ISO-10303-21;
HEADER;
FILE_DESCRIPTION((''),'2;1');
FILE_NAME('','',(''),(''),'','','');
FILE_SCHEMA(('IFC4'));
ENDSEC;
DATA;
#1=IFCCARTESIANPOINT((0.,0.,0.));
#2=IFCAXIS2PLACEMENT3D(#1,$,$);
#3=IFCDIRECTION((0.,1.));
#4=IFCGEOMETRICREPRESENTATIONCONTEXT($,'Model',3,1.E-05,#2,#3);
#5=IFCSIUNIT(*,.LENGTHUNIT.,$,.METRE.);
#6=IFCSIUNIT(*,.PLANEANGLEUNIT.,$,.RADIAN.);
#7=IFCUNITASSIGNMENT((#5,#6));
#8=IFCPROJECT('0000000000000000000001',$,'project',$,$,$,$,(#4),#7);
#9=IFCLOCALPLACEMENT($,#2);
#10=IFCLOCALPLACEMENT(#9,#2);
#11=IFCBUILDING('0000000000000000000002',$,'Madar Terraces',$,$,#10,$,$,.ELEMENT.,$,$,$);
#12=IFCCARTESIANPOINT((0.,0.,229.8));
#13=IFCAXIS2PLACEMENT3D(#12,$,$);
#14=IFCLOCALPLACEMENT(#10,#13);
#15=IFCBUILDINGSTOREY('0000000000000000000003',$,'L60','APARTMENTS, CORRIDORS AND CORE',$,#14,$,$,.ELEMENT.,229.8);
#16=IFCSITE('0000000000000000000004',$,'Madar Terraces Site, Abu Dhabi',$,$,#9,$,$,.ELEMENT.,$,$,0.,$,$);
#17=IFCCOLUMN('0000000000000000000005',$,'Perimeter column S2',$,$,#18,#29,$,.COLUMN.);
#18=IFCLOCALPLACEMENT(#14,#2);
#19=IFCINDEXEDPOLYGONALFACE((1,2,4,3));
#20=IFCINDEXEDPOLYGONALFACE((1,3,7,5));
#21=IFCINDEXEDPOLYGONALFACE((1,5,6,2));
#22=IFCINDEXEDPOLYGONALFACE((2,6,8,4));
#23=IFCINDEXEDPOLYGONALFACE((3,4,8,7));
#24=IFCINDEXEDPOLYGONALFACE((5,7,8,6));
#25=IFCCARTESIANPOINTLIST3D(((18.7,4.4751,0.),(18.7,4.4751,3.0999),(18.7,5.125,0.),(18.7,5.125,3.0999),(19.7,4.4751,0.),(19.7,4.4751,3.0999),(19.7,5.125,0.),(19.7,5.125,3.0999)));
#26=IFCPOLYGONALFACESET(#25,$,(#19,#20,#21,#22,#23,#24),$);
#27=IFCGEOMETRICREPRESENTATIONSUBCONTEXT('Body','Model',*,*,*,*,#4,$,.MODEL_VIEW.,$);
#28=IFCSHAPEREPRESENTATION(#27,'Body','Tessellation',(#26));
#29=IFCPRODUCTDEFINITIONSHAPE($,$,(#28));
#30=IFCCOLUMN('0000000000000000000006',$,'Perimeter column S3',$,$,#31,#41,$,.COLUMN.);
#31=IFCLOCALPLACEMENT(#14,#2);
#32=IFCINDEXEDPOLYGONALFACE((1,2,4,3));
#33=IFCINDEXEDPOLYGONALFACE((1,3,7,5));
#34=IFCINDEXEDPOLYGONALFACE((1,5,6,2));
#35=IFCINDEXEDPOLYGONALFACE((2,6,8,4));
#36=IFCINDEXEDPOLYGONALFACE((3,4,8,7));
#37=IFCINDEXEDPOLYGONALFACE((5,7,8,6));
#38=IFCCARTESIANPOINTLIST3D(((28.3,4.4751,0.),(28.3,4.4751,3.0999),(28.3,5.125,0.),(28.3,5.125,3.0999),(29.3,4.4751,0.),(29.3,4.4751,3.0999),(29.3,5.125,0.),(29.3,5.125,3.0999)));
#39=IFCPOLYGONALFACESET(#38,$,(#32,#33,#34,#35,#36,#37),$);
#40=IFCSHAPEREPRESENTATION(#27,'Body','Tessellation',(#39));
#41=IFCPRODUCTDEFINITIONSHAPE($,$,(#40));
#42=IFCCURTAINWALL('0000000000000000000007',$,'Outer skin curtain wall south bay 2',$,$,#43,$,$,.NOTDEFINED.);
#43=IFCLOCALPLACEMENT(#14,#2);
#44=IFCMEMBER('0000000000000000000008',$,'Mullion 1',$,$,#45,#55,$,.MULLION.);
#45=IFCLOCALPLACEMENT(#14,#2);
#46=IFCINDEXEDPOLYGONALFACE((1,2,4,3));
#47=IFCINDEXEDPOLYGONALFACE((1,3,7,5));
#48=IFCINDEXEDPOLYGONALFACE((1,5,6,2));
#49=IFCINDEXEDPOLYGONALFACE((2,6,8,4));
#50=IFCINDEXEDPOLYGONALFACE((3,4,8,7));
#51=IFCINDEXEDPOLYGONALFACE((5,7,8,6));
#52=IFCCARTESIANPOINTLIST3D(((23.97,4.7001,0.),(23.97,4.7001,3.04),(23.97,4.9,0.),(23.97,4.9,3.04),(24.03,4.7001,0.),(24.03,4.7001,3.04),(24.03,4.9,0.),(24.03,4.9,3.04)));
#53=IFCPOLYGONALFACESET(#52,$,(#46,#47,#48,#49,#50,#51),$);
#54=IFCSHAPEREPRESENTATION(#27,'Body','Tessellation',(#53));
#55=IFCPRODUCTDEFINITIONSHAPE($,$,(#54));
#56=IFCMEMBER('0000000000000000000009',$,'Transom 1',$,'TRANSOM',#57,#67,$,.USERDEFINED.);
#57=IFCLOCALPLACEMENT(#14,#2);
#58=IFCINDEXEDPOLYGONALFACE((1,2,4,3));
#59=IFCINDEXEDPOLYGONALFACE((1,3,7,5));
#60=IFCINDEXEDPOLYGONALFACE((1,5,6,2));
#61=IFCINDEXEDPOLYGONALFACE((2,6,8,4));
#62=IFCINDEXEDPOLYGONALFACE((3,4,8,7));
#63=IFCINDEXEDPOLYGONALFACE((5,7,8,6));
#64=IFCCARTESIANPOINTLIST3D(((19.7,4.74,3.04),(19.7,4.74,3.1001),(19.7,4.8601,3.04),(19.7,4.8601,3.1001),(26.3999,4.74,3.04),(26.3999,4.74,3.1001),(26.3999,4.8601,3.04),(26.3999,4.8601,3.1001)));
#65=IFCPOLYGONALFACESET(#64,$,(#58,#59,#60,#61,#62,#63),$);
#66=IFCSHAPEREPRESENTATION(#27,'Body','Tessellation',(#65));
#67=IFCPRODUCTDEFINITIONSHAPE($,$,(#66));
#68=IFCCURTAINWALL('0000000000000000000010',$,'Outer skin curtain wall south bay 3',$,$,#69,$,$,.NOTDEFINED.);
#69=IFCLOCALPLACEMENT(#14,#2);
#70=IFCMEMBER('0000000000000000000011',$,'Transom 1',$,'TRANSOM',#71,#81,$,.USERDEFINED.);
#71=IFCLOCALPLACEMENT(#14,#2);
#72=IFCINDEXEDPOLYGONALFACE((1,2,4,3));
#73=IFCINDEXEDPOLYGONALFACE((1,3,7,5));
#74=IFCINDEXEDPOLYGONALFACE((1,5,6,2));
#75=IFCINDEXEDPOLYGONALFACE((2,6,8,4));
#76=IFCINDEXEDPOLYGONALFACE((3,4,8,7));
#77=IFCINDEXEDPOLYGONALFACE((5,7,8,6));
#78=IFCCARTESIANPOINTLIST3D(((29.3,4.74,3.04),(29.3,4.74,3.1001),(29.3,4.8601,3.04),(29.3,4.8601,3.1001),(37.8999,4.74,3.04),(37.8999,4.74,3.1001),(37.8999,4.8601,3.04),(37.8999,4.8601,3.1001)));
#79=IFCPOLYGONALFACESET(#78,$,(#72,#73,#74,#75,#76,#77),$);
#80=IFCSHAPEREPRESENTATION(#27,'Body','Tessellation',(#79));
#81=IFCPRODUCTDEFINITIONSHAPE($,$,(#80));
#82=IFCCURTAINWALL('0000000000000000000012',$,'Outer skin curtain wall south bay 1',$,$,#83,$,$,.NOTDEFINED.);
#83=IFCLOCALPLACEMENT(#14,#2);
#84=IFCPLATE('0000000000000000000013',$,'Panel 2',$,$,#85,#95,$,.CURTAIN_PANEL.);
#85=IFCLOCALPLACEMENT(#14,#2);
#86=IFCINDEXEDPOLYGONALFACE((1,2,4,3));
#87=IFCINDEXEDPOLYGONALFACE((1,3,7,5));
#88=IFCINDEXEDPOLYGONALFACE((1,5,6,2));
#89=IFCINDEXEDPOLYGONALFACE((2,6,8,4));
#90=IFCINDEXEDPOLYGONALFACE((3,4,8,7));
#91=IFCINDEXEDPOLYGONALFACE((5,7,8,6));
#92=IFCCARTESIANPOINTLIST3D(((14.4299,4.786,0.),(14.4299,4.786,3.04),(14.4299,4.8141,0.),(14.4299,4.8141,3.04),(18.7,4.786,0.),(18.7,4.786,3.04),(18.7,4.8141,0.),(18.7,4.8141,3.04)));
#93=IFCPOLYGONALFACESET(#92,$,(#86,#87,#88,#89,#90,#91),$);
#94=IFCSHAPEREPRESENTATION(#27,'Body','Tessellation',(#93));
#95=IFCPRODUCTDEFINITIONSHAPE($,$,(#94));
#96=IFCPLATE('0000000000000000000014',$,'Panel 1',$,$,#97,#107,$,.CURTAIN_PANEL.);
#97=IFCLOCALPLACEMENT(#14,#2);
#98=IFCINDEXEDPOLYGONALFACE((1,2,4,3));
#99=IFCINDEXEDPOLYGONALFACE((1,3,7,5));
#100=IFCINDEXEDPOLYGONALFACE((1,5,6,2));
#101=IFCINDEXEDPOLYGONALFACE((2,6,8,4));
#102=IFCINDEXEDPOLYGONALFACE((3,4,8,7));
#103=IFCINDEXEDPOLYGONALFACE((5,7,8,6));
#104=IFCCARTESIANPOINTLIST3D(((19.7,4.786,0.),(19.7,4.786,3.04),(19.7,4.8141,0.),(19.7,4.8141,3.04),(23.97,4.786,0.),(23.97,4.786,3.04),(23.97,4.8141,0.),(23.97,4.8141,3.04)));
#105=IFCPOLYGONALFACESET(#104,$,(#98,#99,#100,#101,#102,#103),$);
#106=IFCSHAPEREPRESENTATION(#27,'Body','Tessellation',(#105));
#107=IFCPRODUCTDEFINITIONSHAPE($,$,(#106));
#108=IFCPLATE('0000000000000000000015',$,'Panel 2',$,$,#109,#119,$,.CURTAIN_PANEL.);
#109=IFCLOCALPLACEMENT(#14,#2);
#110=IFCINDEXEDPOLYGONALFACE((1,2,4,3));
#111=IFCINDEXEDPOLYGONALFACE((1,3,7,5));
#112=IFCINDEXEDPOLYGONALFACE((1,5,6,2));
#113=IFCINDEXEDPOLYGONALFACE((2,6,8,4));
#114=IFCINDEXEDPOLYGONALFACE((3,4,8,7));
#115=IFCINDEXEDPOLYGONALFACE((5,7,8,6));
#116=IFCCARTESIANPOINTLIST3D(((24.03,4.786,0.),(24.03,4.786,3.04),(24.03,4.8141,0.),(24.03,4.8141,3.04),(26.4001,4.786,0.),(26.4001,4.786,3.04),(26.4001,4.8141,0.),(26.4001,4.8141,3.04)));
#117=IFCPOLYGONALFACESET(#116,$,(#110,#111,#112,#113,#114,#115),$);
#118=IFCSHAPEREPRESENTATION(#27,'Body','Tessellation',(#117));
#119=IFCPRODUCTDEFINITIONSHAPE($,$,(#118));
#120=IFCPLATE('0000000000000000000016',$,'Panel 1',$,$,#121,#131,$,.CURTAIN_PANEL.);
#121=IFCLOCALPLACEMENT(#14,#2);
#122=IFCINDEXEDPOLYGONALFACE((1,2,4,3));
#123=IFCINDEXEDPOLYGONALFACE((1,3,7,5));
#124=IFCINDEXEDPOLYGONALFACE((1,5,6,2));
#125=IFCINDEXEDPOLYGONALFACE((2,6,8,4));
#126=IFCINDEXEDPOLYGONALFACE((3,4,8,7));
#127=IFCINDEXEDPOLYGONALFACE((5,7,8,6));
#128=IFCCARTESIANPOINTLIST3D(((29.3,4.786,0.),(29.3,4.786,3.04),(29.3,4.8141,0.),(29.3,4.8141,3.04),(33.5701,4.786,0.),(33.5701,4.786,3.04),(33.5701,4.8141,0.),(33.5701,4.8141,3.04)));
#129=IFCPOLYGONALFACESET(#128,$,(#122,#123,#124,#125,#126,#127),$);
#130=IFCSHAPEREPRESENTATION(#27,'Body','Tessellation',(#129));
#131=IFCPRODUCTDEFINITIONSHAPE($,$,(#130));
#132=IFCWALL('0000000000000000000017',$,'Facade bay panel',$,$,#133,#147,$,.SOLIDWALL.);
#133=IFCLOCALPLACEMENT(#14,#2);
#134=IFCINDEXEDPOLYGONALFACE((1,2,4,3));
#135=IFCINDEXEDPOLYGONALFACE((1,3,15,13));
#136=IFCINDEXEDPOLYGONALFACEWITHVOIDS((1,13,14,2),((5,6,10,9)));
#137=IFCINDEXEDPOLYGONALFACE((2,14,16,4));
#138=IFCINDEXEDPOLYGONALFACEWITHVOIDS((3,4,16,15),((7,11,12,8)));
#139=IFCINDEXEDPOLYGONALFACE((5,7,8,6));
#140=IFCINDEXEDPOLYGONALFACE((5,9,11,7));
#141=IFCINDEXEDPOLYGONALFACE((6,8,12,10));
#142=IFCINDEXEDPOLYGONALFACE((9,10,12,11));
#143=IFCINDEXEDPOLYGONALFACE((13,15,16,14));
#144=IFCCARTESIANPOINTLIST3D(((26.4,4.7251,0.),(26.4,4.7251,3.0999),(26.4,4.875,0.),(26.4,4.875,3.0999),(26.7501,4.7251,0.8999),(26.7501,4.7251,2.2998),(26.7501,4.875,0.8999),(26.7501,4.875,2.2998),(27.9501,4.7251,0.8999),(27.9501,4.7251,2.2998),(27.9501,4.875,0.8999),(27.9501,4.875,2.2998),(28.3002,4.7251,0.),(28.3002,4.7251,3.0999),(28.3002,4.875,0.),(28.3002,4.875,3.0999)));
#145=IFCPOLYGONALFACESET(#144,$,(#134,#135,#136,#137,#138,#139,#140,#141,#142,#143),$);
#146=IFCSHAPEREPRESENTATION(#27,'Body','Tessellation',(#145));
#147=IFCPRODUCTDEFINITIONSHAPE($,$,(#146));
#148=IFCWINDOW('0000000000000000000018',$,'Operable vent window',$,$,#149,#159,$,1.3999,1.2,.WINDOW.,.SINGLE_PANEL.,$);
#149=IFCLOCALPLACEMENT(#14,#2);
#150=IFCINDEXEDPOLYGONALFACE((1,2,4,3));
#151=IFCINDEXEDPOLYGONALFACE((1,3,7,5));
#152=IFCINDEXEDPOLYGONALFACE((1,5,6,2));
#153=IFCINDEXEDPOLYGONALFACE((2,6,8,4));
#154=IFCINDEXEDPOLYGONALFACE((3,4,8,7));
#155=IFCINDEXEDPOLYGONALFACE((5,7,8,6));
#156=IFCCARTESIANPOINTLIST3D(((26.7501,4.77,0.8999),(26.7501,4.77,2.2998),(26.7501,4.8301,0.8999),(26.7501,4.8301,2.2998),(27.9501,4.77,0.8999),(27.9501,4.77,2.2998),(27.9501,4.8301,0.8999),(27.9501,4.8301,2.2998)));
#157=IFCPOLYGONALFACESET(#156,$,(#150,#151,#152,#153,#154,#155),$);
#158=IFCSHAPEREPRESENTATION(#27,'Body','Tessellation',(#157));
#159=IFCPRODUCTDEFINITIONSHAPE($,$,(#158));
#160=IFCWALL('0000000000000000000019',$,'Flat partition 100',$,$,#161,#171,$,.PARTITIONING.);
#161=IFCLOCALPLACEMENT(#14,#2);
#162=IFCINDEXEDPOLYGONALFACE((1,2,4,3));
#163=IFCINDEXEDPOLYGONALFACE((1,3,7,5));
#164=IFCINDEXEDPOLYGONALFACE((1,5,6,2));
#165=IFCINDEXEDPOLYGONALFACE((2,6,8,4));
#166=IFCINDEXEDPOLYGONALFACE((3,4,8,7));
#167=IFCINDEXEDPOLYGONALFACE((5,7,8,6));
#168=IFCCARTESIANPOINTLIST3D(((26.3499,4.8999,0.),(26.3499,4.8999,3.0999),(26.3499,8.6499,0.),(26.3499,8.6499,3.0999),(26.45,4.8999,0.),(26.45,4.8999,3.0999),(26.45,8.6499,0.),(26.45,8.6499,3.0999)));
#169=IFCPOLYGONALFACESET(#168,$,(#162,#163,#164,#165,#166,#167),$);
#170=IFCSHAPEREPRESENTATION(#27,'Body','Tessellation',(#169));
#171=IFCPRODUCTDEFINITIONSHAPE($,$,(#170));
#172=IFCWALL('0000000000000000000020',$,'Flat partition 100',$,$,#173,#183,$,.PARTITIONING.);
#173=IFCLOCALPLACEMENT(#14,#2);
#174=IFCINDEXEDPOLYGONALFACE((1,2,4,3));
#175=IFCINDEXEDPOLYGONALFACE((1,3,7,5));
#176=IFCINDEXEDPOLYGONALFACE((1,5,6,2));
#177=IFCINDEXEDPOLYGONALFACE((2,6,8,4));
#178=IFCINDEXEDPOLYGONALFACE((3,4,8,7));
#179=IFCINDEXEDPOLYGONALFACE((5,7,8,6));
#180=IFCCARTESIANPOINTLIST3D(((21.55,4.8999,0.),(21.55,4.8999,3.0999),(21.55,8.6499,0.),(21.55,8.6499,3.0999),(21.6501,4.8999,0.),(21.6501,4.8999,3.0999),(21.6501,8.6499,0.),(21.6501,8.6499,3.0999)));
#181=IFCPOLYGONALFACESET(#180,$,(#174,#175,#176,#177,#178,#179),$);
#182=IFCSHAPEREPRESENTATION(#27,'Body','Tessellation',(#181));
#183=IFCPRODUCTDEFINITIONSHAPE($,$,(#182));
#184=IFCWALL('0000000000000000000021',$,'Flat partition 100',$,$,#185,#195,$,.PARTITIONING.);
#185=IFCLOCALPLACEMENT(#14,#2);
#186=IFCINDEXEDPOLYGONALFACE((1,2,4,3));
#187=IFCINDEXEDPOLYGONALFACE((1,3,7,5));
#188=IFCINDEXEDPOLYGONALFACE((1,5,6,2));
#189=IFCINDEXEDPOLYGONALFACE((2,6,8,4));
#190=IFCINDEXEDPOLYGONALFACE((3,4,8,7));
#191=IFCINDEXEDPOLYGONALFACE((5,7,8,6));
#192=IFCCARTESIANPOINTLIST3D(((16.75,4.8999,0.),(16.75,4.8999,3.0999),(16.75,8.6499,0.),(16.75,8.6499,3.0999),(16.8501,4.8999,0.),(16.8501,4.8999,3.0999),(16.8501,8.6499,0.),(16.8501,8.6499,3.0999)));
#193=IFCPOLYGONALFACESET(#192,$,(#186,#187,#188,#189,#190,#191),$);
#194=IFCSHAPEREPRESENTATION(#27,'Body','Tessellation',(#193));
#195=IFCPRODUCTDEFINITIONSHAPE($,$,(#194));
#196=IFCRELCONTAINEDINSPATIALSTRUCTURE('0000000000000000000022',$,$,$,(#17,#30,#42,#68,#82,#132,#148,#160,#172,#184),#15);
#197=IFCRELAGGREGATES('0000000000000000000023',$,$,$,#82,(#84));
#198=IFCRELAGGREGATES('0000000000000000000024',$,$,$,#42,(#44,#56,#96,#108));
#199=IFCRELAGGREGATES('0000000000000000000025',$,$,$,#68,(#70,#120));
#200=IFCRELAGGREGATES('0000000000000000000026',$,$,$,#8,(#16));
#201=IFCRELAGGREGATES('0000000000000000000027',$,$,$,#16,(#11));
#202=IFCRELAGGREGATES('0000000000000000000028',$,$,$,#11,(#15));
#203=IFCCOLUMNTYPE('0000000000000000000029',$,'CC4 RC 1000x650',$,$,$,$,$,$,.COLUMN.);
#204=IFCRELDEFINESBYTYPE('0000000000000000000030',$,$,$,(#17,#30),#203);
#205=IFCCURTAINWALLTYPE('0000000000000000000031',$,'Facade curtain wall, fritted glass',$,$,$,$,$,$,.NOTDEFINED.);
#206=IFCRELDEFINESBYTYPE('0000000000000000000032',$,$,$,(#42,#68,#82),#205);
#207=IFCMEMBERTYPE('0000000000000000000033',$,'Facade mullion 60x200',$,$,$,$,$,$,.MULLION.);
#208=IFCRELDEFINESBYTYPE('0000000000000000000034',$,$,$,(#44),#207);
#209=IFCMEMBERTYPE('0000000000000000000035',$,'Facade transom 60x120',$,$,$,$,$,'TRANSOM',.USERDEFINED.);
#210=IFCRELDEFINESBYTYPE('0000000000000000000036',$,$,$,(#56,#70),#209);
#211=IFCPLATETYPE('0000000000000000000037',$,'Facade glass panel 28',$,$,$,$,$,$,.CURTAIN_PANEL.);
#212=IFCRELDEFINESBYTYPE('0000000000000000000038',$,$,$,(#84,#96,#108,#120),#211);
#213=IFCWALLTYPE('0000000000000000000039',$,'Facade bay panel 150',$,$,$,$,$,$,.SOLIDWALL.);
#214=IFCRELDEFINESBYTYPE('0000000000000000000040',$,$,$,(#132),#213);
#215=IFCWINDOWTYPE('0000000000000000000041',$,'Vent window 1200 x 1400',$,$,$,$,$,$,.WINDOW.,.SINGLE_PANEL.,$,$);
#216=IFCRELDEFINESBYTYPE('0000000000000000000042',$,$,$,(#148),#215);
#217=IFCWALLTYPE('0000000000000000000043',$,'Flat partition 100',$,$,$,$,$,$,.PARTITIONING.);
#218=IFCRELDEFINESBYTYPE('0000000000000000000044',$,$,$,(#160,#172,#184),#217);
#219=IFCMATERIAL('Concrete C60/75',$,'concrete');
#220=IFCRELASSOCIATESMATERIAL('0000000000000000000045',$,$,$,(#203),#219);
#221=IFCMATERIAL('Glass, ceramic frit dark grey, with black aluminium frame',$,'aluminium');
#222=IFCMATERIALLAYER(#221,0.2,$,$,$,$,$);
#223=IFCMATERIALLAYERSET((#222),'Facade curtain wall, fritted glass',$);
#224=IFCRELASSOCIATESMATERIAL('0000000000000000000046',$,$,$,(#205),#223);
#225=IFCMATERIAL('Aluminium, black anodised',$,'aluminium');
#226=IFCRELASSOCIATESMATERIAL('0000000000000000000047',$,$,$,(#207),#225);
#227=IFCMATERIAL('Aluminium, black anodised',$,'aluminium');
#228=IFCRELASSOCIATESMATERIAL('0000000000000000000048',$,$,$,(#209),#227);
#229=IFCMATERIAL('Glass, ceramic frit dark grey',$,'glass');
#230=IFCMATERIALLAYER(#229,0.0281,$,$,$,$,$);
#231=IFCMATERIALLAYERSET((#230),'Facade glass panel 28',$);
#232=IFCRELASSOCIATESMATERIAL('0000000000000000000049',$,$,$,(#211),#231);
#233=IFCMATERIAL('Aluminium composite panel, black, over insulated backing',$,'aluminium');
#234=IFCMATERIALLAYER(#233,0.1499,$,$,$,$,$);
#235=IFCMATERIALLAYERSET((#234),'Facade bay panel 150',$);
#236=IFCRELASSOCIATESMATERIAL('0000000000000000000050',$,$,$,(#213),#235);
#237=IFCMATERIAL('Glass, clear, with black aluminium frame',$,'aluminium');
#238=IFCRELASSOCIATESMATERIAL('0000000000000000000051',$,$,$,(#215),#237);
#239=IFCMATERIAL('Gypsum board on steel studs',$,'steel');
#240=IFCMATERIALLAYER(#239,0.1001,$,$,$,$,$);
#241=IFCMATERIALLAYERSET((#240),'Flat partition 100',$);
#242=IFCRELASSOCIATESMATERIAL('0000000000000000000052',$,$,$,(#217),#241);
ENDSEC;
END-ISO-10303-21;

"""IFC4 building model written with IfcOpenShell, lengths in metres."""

from ifc_helpers import new_model, si_unit, direction, frame, frame_2d, origin, origin_2d, place, context, subcontext, project, spatial, rectangle, extrude, material, layer, layer_set, material_profile, profile_set, type_object, element, fill, aggregate, save


model = new_model("IFC4")

# Units and contexts
model_context = context("Model", 3, precision=1e-05, world=origin(), true_north=direction((0.0, 1.0)))
body_context = subcontext(model_context, "Body", "Model", "MODEL_VIEW")
ifc_project = project(units=[si_unit("LENGTHUNIT", "METRE"), si_unit("PLANEANGLEUNIT", "RADIAN")], contexts=[model_context])

# Site, building, storey
site_placement = place(None, origin())
site = spatial("IfcSite", under=ifc_project, at=site_placement, Name="Madar Terraces Site, Abu Dhabi", CompositionType="ELEMENT", RefElevation=0.0)
building_placement = place(site_placement, origin())
building = spatial("IfcBuilding", under=site, at=building_placement, Name="Madar Terraces", CompositionType="ELEMENT")
storey_placement = place(building_placement, frame((0.0, 0.0, 229.8)))
storey = spatial("IfcBuildingStorey", under=building, at=storey_placement, Name="L60", Description="APARTMENTS, CORRIDORS AND CORE", CompositionType="ELEMENT", Elevation=229.8)

# Columns
ifc_material_1 = material(Name="Concrete C60/75", Category="concrete")
ifc_material_profile_1 = material_profile(ifc_material_1, rectangle(XDim=1.0, YDim=0.6499, at=origin_2d()), Name="CC4 RC 1000x650")
ifc_profile_set_1 = profile_set([ifc_material_profile_1], Name="Concrete C60/75")
column_type = type_object("IfcColumnType", Name="CC4 RC 1000x650", PredefinedType="COLUMN", material=ifc_profile_set_1)
for number, where, z_axis, x_axis, name in (
    (1, (19.2, 4.8, 0.0), (0.0, 0.0, 1.0), (1.0, 0.0, 0.0), "Perimeter column S2"),
    (2, (28.8, 4.8, 0.0), (0.0, 0.0, 1.0), (1.0, 0.0, 0.0), "Perimeter column S3"),
):
    element("IfcColumn", number, at=place(storey_placement, frame(where, z_axis=z_axis, x_axis=x_axis)), inside=storey, type_object=column_type, Name=name, PredefinedType="COLUMN", context=body_context, shape_type="SweptSolid", body=[
        extrude(rectangle(XDim=1.0, YDim=0.6499, at=origin_2d()), origin(), (0.0, 0.0, 1.0), 3.0999),
    ])

# Curtain wall, members
ifc_material_2 = material(Name="Glass, ceramic frit dark grey, with black aluminium frame", Category="aluminium")
ifc_layer_1 = layer(ifc_material_2, 0.2)
ifc_layer_set_1 = layer_set([ifc_layer_1], Name="Facade curtain wall, fritted glass")
curtain_wall_type = type_object("IfcCurtainWallType", Name="Facade curtain wall, fritted glass", PredefinedType="NOTDEFINED", material=ifc_layer_set_1)
curtain_wall_1_placement = place(storey_placement, origin())
curtain_wall_1 = element("IfcCurtainWall", 3, at=curtain_wall_1_placement, inside=storey, type_object=curtain_wall_type, Name="Outer skin curtain wall south bay 2", PredefinedType="NOTDEFINED")
ifc_material_3 = material(Name="Aluminium, black anodised", Category="aluminium")
ifc_material_profile_2 = material_profile(ifc_material_3, rectangle(XDim=0.2, YDim=0.0601, at=origin_2d()), Name="Facade mullion 60x200")
ifc_profile_set_2 = profile_set([ifc_material_profile_2], Name="Aluminium, black anodised")
member_type_1 = type_object("IfcMemberType", Name="Facade mullion 60x200", PredefinedType="MULLION", material=ifc_profile_set_2)
member_1_placement = place(storey_placement, frame((24.0, 4.8, 0.0), z_axis=(0.0, 0.0, 1.0), x_axis=(0.0, 1.0, 0.0)))
member_1 = element("IfcMember", 4, at=member_1_placement, type_object=member_type_1, Name="Mullion 1", PredefinedType="MULLION", context=body_context, shape_type="SweptSolid", body=[
    extrude(rectangle(XDim=0.2, YDim=0.0601, at=origin_2d()), origin(), (0.0, 0.0, 1.0), 3.04),
])
ifc_material_4 = material(Name="Aluminium, black anodised", Category="aluminium")
ifc_material_profile_3 = material_profile(ifc_material_4, rectangle(XDim=0.1201, YDim=0.0601, at=origin_2d()), Name="Facade transom 60x120")
ifc_profile_set_3 = profile_set([ifc_material_profile_3], Name="Aluminium, black anodised")
member_type_2 = type_object("IfcMemberType", Name="Facade transom 60x120", ElementType="TRANSOM", PredefinedType="USERDEFINED", material=ifc_profile_set_3)
member_2_placement = place(storey_placement, frame((19.7, 4.8, 3.0701), z_axis=(1.0, 0.0, 0.0), x_axis=(0.0, 1.0, 0.0)))
member_2 = element("IfcMember", 5, at=member_2_placement, type_object=member_type_2, Name="Transom 1", ObjectType="TRANSOM", PredefinedType="USERDEFINED", context=body_context, shape_type="SweptSolid", body=[
    extrude(rectangle(XDim=0.1201, YDim=0.0601, at=origin_2d()), origin(), (0.0, 0.0, 1.0), 6.7),
])

# Curtain wall, member
curtain_wall_2_placement = place(storey_placement, origin())
curtain_wall_2 = element("IfcCurtainWall", 6, at=curtain_wall_2_placement, inside=storey, type_object=curtain_wall_type, Name="Outer skin curtain wall south bay 3", PredefinedType="NOTDEFINED")
member_3_placement = place(storey_placement, frame((29.3, 4.8, 3.0701), z_axis=(1.0, 0.0, 0.0), x_axis=(0.0, 1.0, 0.0)))
member_3 = element("IfcMember", 7, at=member_3_placement, type_object=member_type_2, Name="Transom 1", ObjectType="TRANSOM", PredefinedType="USERDEFINED", context=body_context, shape_type="SweptSolid", body=[
    extrude(rectangle(XDim=0.1201, YDim=0.0601, at=origin_2d()), origin(), (0.0, 0.0, 1.0), 8.5999),
])

# Curtain wall, plate
curtain_wall_3_placement = place(storey_placement, origin())
curtain_wall_3 = element("IfcCurtainWall", 8, at=curtain_wall_3_placement, inside=storey, type_object=curtain_wall_type, Name="Outer skin curtain wall south bay 1", PredefinedType="NOTDEFINED")
ifc_material_5 = material(Name="Glass, ceramic frit dark grey", Category="glass")
ifc_layer_2 = layer(ifc_material_5, 0.0281)
ifc_layer_set_2 = layer_set([ifc_layer_2], Name="Facade glass panel 28")
plate_type = type_object("IfcPlateType", Name="Facade glass panel 28", PredefinedType="CURTAIN_PANEL", material=ifc_layer_set_2)
plate_1_placement = place(storey_placement, frame((16.5649, 4.8, 0.0), z_axis=(0.0, 0.0, 1.0), x_axis=(1.0, 0.0, 0.0)))
plate_1 = element("IfcPlate", 9, at=plate_1_placement, type_object=plate_type, Name="Panel 2", PredefinedType="CURTAIN_PANEL", context=body_context, shape_type="SweptSolid", body=[
    extrude(rectangle(XDim=4.27, YDim=0.0281, at=origin_2d()), origin(), (0.0, 0.0, 1.0), 3.04),
])
aggregate(curtain_wall_3, [plate_1])

# Plates
plate_2_placement = place(storey_placement, frame((21.835, 4.8, 0.0), z_axis=(0.0, 0.0, 1.0), x_axis=(1.0, 0.0, 0.0)))
plate_2 = element("IfcPlate", 10, at=plate_2_placement, type_object=plate_type, Name="Panel 1", PredefinedType="CURTAIN_PANEL", context=body_context, shape_type="SweptSolid", body=[
    extrude(rectangle(XDim=4.27, YDim=0.0281, at=origin_2d()), origin(), (0.0, 0.0, 1.0), 3.04),
])
plate_3_placement = place(storey_placement, frame((25.2151, 4.8, 0.0), z_axis=(0.0, 0.0, 1.0), x_axis=(1.0, 0.0, 0.0)))
plate_3 = element("IfcPlate", 11, at=plate_3_placement, type_object=plate_type, Name="Panel 2", PredefinedType="CURTAIN_PANEL", context=body_context, shape_type="SweptSolid", body=[
    extrude(rectangle(XDim=2.3701, YDim=0.0281, at=origin_2d()), origin(), (0.0, 0.0, 1.0), 3.04),
])
aggregate(curtain_wall_1, [member_1, member_2, plate_2, plate_3])
plate_4_placement = place(storey_placement, frame((31.4351, 4.8, 0.0), z_axis=(0.0, 0.0, 1.0), x_axis=(1.0, 0.0, 0.0)))
plate_4 = element("IfcPlate", 12, at=plate_4_placement, type_object=plate_type, Name="Panel 1", PredefinedType="CURTAIN_PANEL", context=body_context, shape_type="SweptSolid", body=[
    extrude(rectangle(XDim=4.27, YDim=0.0281, at=origin_2d()), origin(), (0.0, 0.0, 1.0), 3.04),
])
aggregate(curtain_wall_2, [member_3, plate_4])

# Wall, opening, window
ifc_material_6 = material(Name="Aluminium composite panel, black, over insulated backing", Category="aluminium")
ifc_layer_3 = layer(ifc_material_6, 0.1499)
ifc_layer_set_3 = layer_set([ifc_layer_3], Name="Facade bay panel 150")
wall_type_1 = type_object("IfcWallType", Name="Facade bay panel 150", PredefinedType="SOLIDWALL", material=ifc_layer_set_3)
wall_1_placement = place(storey_placement, frame((26.3999, 4.8, 0.0), z_axis=(0.0, 0.0, 1.0), x_axis=(1.0, 0.0, 0.0)))
wall_1 = element("IfcWall", 13, at=wall_1_placement, inside=storey, type_object=wall_type_1, Name="Facade bay panel", PredefinedType="SOLIDWALL", context=body_context, shape_type="SweptSolid", body=[
    extrude(rectangle(XDim=1.9001, YDim=0.1499, at=frame_2d((0.9502, 0.0))), origin(), (0.0, 0.0, 1.0), 3.0999),
])
opening_1_placement = place(wall_1_placement, frame((0.3501, 0.0, 0.8999)))
opening_1 = element("IfcOpeningElement", 14, at=opening_1_placement, cuts=wall_1, PredefinedType="OPENING", context=body_context, shape_type="SweptSolid", body=[
    extrude(rectangle(XDim=1.2, YDim=1.3999, at=frame_2d((0.6001, 0.7))), frame((0.0, 0.085, 0.0), z_axis=(0.0, -1.0, 0.0), x_axis=(1.0, 0.0, 0.0)), (0.0, 0.0, 1.0), 0.1699),
])
ifc_material_7 = material(Name="Glass, clear, with black aluminium frame", Category="aluminium")
window_type = type_object("IfcWindowType", Name="Vent window 1200 x 1400", PartitioningType="SINGLE_PANEL", PredefinedType="WINDOW", material=ifc_material_7)
window_placement = place(opening_1_placement, origin())
window = element("IfcWindow", 15, at=window_placement, inside=storey, type_object=window_type, Name="Operable vent window", OverallHeight=1.3999, OverallWidth=1.2, PartitioningType="SINGLE_PANEL", PredefinedType="WINDOW", context=body_context, shape_type="SweptSolid", body=[
    extrude(rectangle(XDim=1.2, YDim=1.3999, at=frame_2d((0.6001, 0.7))), frame((0.0, 0.03, 0.0), z_axis=(0.0, -1.0, 0.0), x_axis=(1.0, 0.0, 0.0)), (0.0, 0.0, 1.0), 0.0601),
])
fill(opening_1, window)

# Walls
ifc_material_8 = material(Name="Gypsum board on steel studs", Category="steel")
ifc_layer_4 = layer(ifc_material_8, 0.1001)
ifc_layer_set_4 = layer_set([ifc_layer_4], Name="Flat partition 100")
wall_type_2 = type_object("IfcWallType", Name="Flat partition 100", PredefinedType="PARTITIONING", material=ifc_layer_set_4)
for number, where, z_axis, x_axis, name in (
    (16, (26.3999, 8.6499, 0.0), (0.0, 0.0, 1.0), (0.0, -1.0, 0.0), "Flat partition 100"),
    (17, (21.6001, 8.6499, 0.0), (0.0, 0.0, 1.0), (0.0, -1.0, 0.0), "Flat partition 100"),
    (18, (16.8, 8.6499, 0.0), (0.0, 0.0, 1.0), (0.0, -1.0, 0.0), "Flat partition 100"),
):
    element("IfcWall", number, at=place(storey_placement, frame(where, z_axis=z_axis, x_axis=x_axis)), inside=storey, type_object=wall_type_2, Name=name, PredefinedType="PARTITIONING", context=body_context, shape_type="SweptSolid", body=[
        extrude(rectangle(XDim=3.75, YDim=0.1001, at=frame_2d((1.875, 0.0))), origin(), (0.0, 0.0, 1.0), 3.0999),
    ])

save(model, "model.ifc")
